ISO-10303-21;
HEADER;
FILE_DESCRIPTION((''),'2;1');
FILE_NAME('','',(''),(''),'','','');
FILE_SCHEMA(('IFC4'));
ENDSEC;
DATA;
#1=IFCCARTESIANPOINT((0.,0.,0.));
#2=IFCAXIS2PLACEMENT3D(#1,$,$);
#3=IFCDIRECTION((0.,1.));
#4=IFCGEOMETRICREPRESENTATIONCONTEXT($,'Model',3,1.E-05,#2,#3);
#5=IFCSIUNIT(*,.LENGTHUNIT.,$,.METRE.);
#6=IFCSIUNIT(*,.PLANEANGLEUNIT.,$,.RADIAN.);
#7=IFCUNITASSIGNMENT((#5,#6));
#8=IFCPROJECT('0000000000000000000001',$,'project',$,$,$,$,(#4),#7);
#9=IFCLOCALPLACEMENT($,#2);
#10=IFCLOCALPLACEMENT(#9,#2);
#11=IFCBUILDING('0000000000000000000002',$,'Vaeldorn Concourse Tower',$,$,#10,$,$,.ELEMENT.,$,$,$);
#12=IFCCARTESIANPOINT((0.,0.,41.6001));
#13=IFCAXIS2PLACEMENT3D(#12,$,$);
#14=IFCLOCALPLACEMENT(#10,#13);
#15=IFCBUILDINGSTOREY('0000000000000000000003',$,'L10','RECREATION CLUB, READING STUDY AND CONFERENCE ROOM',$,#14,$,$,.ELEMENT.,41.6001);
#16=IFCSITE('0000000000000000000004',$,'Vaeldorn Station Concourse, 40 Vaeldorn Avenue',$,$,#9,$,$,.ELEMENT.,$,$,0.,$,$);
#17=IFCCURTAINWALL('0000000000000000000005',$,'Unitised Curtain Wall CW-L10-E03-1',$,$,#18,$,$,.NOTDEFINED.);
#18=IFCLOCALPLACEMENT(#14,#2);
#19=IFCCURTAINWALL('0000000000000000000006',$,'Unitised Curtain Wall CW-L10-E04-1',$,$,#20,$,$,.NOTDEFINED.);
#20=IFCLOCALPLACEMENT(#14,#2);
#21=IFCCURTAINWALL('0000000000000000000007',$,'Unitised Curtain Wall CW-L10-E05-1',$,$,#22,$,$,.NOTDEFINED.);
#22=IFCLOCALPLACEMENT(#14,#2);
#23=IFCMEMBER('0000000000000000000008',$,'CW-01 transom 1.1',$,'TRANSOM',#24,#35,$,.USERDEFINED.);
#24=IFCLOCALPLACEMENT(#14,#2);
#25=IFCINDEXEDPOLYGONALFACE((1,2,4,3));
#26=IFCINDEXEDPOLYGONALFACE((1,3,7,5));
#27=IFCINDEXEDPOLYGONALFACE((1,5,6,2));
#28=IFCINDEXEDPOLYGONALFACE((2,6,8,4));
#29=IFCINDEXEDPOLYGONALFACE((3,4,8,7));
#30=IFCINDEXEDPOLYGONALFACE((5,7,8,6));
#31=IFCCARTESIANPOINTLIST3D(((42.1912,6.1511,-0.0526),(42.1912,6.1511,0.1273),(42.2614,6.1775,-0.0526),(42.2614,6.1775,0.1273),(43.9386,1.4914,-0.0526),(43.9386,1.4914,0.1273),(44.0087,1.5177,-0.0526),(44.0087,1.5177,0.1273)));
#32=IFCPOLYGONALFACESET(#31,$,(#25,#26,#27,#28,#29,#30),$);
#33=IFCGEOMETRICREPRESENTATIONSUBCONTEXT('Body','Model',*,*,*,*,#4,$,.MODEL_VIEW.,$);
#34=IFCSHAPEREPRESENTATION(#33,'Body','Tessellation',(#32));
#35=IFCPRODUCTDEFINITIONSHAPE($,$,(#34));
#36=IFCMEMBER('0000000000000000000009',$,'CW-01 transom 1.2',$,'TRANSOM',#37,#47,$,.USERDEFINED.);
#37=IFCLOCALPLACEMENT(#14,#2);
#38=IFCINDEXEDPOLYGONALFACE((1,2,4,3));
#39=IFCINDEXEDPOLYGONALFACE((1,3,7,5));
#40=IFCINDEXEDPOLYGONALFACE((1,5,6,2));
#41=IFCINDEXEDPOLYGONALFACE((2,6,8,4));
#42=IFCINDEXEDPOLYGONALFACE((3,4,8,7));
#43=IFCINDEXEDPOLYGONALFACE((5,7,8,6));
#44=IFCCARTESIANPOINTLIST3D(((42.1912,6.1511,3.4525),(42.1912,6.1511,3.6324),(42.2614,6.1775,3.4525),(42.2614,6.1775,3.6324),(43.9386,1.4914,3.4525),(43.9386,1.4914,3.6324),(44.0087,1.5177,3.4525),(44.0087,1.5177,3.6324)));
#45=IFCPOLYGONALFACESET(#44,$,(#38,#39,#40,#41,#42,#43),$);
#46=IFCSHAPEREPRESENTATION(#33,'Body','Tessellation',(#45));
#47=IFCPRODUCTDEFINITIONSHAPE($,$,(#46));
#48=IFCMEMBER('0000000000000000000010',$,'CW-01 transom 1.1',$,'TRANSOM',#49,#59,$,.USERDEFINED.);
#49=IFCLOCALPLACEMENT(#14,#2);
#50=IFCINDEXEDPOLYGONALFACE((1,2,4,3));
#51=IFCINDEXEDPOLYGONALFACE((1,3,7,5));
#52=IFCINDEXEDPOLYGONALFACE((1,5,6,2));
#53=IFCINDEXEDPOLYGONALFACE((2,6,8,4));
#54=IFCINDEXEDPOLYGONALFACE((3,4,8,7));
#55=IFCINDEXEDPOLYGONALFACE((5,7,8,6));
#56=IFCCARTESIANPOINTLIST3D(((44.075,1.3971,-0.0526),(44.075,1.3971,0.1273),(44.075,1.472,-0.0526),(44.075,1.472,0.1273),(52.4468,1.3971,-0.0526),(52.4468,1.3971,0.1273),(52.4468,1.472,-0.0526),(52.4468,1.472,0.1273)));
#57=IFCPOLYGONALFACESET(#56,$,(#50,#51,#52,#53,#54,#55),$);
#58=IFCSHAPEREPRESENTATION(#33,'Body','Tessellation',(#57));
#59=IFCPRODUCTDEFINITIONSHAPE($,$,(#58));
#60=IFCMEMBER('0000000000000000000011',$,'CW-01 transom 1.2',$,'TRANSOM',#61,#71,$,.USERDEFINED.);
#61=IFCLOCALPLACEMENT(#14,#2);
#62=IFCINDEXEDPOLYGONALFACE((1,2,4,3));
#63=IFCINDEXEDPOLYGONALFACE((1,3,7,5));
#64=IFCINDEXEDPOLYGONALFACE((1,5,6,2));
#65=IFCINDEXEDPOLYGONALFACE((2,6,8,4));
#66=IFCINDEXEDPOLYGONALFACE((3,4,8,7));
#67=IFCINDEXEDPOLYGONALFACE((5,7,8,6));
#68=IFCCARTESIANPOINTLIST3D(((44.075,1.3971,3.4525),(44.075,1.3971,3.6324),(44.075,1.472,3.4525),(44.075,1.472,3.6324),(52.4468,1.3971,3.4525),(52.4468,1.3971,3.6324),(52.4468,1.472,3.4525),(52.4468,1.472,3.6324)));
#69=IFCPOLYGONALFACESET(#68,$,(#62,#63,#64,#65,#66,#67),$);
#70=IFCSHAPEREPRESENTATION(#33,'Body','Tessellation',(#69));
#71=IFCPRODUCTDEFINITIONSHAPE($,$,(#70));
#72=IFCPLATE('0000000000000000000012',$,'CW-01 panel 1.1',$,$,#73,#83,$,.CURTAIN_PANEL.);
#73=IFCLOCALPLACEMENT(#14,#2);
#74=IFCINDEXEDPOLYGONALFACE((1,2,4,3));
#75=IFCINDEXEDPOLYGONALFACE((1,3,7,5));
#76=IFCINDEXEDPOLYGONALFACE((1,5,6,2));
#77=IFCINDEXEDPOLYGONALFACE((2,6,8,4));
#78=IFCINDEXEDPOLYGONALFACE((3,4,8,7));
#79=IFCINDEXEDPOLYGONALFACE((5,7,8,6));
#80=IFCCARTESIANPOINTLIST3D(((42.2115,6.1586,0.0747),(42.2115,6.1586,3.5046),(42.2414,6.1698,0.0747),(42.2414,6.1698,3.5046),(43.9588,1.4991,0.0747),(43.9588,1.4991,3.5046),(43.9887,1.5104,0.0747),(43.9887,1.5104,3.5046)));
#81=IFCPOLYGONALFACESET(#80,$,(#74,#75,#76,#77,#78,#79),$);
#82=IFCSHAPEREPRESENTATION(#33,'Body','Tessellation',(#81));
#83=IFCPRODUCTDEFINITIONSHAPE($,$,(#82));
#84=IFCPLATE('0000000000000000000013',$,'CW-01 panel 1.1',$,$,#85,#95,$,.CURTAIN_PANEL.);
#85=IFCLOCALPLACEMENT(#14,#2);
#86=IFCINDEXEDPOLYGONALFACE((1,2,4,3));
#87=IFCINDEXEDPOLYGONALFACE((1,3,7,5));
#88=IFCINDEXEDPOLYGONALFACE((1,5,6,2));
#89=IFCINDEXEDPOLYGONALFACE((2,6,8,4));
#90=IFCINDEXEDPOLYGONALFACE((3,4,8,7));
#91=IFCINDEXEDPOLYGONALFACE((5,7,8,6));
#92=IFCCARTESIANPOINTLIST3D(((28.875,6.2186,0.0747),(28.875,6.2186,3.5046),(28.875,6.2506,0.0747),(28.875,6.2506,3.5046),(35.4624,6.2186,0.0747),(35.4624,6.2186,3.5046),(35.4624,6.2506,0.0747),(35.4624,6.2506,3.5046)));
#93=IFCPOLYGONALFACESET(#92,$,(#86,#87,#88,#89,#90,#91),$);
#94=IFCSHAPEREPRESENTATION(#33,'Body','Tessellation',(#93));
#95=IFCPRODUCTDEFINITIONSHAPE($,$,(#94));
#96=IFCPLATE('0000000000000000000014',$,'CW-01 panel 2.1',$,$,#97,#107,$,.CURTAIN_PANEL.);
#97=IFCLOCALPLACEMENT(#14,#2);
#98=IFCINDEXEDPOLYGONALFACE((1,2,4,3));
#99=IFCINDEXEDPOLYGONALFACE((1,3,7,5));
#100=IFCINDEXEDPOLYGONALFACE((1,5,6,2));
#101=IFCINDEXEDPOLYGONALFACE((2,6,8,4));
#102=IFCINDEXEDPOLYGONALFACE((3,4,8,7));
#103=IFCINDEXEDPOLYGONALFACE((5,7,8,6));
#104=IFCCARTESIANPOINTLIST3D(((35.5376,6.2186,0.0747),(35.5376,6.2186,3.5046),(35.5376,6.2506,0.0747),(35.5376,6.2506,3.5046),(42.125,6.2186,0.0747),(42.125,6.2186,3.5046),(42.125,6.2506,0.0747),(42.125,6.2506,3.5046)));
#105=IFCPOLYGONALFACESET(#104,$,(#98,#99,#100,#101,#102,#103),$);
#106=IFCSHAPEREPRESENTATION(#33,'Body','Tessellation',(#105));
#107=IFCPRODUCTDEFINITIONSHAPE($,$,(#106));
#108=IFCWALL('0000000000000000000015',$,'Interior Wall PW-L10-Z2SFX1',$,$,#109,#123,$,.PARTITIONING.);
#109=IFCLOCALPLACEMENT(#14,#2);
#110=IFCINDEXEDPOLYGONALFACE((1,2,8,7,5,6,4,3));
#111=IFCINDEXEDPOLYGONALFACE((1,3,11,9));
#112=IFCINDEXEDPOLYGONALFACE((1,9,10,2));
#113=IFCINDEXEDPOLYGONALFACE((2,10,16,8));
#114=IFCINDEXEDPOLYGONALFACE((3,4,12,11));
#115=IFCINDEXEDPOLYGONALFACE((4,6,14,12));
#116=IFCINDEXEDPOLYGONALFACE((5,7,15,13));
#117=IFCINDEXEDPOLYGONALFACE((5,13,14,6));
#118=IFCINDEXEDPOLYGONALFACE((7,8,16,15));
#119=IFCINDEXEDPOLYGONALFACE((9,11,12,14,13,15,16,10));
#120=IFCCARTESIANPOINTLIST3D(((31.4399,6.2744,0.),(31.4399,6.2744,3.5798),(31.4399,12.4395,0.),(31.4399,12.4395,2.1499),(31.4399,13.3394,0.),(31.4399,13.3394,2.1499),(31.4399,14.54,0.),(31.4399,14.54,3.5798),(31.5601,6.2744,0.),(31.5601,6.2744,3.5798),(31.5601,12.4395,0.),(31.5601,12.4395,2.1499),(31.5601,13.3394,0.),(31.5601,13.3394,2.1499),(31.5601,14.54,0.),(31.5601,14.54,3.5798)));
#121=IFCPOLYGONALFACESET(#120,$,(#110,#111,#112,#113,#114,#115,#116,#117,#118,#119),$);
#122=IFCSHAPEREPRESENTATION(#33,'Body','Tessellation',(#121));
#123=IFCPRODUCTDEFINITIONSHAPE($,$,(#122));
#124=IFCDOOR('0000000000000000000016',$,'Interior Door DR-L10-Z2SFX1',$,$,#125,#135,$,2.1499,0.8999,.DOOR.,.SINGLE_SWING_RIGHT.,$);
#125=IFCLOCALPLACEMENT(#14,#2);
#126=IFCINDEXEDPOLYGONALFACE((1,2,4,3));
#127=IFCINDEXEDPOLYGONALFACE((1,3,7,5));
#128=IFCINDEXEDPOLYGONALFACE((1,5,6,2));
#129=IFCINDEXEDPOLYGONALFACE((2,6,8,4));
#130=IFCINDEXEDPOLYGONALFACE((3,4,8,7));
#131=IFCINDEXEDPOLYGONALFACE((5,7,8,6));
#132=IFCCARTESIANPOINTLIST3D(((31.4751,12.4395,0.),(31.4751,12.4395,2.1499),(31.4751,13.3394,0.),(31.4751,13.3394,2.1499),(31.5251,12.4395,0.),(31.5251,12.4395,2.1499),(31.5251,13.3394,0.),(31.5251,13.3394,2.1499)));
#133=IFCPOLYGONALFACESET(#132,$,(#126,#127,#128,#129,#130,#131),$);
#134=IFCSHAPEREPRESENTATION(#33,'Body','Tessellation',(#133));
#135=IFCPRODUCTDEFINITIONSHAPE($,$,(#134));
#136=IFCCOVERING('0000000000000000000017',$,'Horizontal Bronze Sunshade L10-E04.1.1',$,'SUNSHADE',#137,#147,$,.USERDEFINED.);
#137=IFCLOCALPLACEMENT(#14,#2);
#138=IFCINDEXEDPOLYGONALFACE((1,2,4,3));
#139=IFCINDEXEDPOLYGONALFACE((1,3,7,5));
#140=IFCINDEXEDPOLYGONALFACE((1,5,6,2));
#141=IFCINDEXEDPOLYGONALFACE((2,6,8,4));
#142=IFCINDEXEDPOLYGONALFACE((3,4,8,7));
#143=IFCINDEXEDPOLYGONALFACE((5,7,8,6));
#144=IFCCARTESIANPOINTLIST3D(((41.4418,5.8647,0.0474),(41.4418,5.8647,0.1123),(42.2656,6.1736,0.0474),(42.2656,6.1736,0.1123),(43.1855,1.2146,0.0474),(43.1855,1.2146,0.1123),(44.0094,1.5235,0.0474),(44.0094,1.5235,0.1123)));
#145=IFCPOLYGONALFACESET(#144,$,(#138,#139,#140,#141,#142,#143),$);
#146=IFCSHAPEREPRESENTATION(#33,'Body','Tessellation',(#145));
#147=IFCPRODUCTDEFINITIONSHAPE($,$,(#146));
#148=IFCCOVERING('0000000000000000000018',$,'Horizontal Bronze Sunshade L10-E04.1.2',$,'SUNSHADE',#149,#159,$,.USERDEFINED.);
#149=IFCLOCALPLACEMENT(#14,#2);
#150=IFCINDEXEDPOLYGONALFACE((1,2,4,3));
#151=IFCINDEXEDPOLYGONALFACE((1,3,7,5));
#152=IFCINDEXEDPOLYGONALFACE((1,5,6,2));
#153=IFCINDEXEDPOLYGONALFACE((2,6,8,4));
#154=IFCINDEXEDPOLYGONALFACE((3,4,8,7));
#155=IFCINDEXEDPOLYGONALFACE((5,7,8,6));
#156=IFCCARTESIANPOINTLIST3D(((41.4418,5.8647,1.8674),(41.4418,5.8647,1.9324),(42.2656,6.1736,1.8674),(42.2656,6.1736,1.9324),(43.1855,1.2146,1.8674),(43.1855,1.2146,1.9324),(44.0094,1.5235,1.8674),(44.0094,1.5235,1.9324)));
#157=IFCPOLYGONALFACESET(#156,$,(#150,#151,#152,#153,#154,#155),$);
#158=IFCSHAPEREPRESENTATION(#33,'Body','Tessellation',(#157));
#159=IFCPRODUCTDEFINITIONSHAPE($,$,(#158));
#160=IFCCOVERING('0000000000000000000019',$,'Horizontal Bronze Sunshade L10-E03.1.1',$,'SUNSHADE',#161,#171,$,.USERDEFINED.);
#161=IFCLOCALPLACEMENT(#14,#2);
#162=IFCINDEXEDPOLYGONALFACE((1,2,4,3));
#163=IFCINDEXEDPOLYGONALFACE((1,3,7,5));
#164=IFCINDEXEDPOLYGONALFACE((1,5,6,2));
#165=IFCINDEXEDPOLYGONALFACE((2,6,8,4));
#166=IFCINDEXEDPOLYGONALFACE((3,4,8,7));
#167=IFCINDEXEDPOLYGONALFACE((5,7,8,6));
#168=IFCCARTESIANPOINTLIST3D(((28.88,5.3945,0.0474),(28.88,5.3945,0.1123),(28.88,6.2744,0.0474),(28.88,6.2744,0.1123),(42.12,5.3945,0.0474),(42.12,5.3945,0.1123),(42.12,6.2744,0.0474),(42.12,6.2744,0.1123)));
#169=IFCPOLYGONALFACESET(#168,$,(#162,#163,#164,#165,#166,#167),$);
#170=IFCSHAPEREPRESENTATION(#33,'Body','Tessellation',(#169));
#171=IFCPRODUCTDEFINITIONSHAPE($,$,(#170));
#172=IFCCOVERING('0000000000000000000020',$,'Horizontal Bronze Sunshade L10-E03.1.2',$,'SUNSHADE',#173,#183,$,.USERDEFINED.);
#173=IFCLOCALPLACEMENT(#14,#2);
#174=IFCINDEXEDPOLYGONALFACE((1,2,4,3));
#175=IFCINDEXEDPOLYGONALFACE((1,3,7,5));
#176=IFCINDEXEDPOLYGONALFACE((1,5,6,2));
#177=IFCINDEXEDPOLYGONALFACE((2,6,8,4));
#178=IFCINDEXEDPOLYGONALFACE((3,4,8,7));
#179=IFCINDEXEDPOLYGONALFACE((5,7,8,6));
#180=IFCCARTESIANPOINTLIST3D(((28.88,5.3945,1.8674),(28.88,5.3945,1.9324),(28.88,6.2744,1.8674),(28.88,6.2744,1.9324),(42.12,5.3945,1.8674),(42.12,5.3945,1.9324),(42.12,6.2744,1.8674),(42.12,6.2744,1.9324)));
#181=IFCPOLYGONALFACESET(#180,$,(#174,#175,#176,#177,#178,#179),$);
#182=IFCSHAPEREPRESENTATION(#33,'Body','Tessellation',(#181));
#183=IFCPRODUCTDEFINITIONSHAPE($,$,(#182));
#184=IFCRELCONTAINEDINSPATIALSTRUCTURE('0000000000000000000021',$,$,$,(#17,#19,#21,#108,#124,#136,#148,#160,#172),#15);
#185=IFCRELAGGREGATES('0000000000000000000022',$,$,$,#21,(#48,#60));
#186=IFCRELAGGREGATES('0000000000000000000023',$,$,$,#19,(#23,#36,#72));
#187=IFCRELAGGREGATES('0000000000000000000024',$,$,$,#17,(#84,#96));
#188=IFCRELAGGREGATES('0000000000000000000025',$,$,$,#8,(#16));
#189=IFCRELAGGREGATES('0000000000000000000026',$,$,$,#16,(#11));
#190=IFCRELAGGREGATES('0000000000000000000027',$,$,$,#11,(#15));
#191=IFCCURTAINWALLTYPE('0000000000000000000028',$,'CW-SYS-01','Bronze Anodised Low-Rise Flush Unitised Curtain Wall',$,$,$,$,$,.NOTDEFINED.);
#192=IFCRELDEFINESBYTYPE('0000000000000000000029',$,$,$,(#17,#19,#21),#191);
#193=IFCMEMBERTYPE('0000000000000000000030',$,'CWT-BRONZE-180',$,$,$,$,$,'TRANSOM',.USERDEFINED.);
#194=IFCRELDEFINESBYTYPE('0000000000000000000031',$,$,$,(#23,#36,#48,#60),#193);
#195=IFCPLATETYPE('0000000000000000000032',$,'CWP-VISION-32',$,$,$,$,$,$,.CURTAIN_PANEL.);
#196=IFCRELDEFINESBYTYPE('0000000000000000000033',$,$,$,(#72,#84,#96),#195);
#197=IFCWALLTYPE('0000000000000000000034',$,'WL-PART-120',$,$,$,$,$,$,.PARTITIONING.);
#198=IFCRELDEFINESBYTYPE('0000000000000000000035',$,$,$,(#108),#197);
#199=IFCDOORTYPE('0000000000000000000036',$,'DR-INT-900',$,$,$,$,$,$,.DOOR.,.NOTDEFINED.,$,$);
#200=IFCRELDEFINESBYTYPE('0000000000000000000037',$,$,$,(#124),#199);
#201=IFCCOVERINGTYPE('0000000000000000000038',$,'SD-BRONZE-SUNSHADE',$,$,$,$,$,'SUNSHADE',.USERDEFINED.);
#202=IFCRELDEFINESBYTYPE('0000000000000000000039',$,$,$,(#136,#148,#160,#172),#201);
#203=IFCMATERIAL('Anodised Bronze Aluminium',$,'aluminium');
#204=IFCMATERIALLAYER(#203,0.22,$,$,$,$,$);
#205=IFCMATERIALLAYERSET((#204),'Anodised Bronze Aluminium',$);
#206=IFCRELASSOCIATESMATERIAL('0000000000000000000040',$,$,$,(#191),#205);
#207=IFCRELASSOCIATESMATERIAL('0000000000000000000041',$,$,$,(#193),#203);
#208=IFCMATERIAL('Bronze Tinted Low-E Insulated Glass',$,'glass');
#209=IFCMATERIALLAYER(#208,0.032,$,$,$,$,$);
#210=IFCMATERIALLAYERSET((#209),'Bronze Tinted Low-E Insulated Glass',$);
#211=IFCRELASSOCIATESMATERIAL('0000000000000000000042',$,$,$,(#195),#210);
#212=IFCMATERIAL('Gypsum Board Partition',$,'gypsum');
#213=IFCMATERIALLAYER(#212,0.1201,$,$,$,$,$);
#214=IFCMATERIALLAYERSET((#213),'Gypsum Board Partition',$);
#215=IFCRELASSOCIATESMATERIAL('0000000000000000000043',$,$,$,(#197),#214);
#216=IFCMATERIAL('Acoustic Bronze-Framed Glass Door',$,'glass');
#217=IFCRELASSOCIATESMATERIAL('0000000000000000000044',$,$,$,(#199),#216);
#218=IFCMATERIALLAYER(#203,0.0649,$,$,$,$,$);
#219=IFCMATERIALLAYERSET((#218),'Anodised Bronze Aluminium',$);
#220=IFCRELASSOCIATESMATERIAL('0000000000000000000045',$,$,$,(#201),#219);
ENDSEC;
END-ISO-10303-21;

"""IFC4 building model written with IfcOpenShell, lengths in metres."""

from ifc_helpers import new_model, si_unit, direction, frame, frame_2d, origin, origin_2d, place, context, subcontext, project, spatial, rectangle, extrude, source, transform, mapped, material, layer, layer_set, material_profile, profile_set, type_object, element, fill, aggregate, save


model = new_model("IFC4")

# Units and contexts
model_context = context("Model", 3, precision=1e-05, world=origin(), true_north=direction((0.0, 1.0)))
body_context = subcontext(model_context, "Body", "Model", "MODEL_VIEW")
ifc_project = project(units=[si_unit("LENGTHUNIT", "METRE"), si_unit("PLANEANGLEUNIT", "RADIAN")], contexts=[model_context])

# Site, building, storey
site_placement = place(None, origin())
site = spatial("IfcSite", under=ifc_project, at=site_placement, Name="Vaeldorn Station Concourse, 40 Vaeldorn Avenue", CompositionType="ELEMENT", RefElevation=0.0)
building_placement = place(site_placement, origin())
building = spatial("IfcBuilding", under=site, at=building_placement, Name="Vaeldorn Concourse Tower", CompositionType="ELEMENT")
storey_placement = place(building_placement, frame((0.0, 0.0, 41.6001)))
storey = spatial("IfcBuildingStorey", under=building, at=storey_placement, Name="L10", Description="RECREATION CLUB, READING STUDY AND CONFERENCE ROOM", CompositionType="ELEMENT", Elevation=41.6001)

# Curtain walls
ifc_material_1 = material(Name="Anodised Bronze Aluminium", Category="aluminium")
ifc_layer_1 = layer(ifc_material_1, 0.22)
ifc_layer_set_1 = layer_set([ifc_layer_1], Name="Anodised Bronze Aluminium")
curtain_wall_type = type_object("IfcCurtainWallType", Name="CW-SYS-01", Description="Bronze Anodised Low-Rise Flush Unitised Curtain Wall", PredefinedType="NOTDEFINED", material=ifc_layer_set_1)
curtain_wall_1_placement = place(storey_placement, origin())
curtain_wall_1 = element("IfcCurtainWall", 1, at=curtain_wall_1_placement, inside=storey, type_object=curtain_wall_type, Name="Unitised Curtain Wall CW-L10-E03-1", PredefinedType="NOTDEFINED")
curtain_wall_2_placement = place(storey_placement, origin())
curtain_wall_2 = element("IfcCurtainWall", 2, at=curtain_wall_2_placement, inside=storey, type_object=curtain_wall_type, Name="Unitised Curtain Wall CW-L10-E04-1", PredefinedType="NOTDEFINED")

# Curtain wall
curtain_wall_3_placement = place(storey_placement, origin())
curtain_wall_3 = element("IfcCurtainWall", 3, at=curtain_wall_3_placement, inside=storey, type_object=curtain_wall_type, Name="Unitised Curtain Wall CW-L10-E05-1", PredefinedType="NOTDEFINED")

# Members
ifc_material_profile_1 = material_profile(ifc_material_1, rectangle(XDim=0.075, YDim=0.1799, at=origin_2d()), Name="CWT 75x180")
ifc_profile_set_1 = profile_set([ifc_material_profile_1], Name="Anodised Bronze Aluminium")
member_type_1 = type_object("IfcMemberType", Name="CWT-BRONZE-180", ElementType="TRANSOM", PredefinedType="USERDEFINED", material=ifc_profile_set_1)
shared_shape_1 = source(origin(), body_context, "Body", "SweptSolid", [
    extrude(rectangle(XDim=0.075, YDim=0.1799, at=origin_2d()), origin(), (0.0, 0.0, 1.0), 4.9766),
])
member_1_placement = place(storey_placement, frame((42.2263, 6.1643, 0.0374), z_axis=(0.351113, -0.936333, 0.0), x_axis=(0.936333, 0.351113, 0.0)))
member_1 = element("IfcMember", 4, at=member_1_placement, type_object=member_type_1, Name="CW-01 transom 1.1", ObjectType="TRANSOM", PredefinedType="USERDEFINED", context=body_context, shape_type="MappedRepresentation", body=[
    mapped(shared_shape_1, transform((0.0, 0.0, 0.0), scale=1.0)),
])
member_2_placement = place(storey_placement, frame((42.2263, 6.1643, 3.5425), z_axis=(0.351113, -0.936333, 0.0), x_axis=(0.936333, 0.351113, 0.0)))
member_2 = element("IfcMember", 5, at=member_2_placement, type_object=member_type_1, Name="CW-01 transom 1.2", ObjectType="TRANSOM", PredefinedType="USERDEFINED", context=body_context, shape_type="MappedRepresentation", body=[
    mapped(shared_shape_1, transform((0.0, 0.0, 0.0), scale=1.0)),
])
shared_shape_2 = source(origin(), body_context, "Body", "SweptSolid", [
    extrude(rectangle(XDim=0.075, YDim=0.1799, at=origin_2d()), origin(), (0.0, 0.0, 1.0), 8.3718),
])
member_3_placement = place(storey_placement, frame((44.075, 1.4346, 0.0374), z_axis=(1.0, 0.0, 0.0), x_axis=(0.0, 1.0, 0.0)))
member_3 = element("IfcMember", 6, at=member_3_placement, type_object=member_type_1, Name="CW-01 transom 1.1", ObjectType="TRANSOM", PredefinedType="USERDEFINED", context=body_context, shape_type="MappedRepresentation", body=[
    mapped(shared_shape_2, transform((0.0, 0.0, 0.0), scale=1.0)),
])
member_4_placement = place(storey_placement, frame((44.075, 1.4346, 3.5425), z_axis=(1.0, 0.0, 0.0), x_axis=(0.0, 1.0, 0.0)))
member_4 = element("IfcMember", 7, at=member_4_placement, type_object=member_type_1, Name="CW-01 transom 1.2", ObjectType="TRANSOM", PredefinedType="USERDEFINED", context=body_context, shape_type="MappedRepresentation", body=[
    mapped(shared_shape_2, transform((0.0, 0.0, 0.0), scale=1.0)),
])
aggregate(curtain_wall_3, [member_3, member_4])

# Plates
ifc_material_2 = material(Name="Bronze Tinted Low-E Insulated Glass", Category="glass")
ifc_layer_2 = layer(ifc_material_2, 0.032)
ifc_layer_set_2 = layer_set([ifc_layer_2], Name="Bronze Tinted Low-E Insulated Glass")
plate_type = type_object("IfcPlateType", Name="CWP-VISION-32", PredefinedType="CURTAIN_PANEL", material=ifc_layer_set_2)
shared_shape_3 = source(origin(), body_context, "Body", "SweptSolid", [
    extrude(rectangle(XDim=4.9763, YDim=0.032, at=origin_2d()), origin(), (0.0, 0.0, 1.0), 3.4299),
])
plate_1_placement = place(storey_placement, frame((43.1001, 3.8345, 0.0747), z_axis=(0.0, 0.0, 1.0), x_axis=(0.351123, -0.936329, 0.0)))
plate_1 = element("IfcPlate", 8, at=plate_1_placement, type_object=plate_type, Name="CW-01 panel 1.1", PredefinedType="CURTAIN_PANEL", context=body_context, shape_type="MappedRepresentation", body=[
    mapped(shared_shape_3, transform((0.0, 0.0, 0.0), scale=1.0)),
])
aggregate(curtain_wall_2, [member_1, member_2, plate_1])
shared_shape_4 = source(origin(), body_context, "Body", "SweptSolid", [
    extrude(rectangle(XDim=6.5874, YDim=0.032, at=origin_2d()), origin(), (0.0, 0.0, 1.0), 3.4299),
])
plate_2_placement = place(storey_placement, frame((32.1687, 6.2346, 0.0747), z_axis=(0.0, 0.0, 1.0), x_axis=(1.0, 0.0, 0.0)))
plate_2 = element("IfcPlate", 9, at=plate_2_placement, type_object=plate_type, Name="CW-01 panel 1.1", PredefinedType="CURTAIN_PANEL", context=body_context, shape_type="MappedRepresentation", body=[
    mapped(shared_shape_4, transform((0.0, 0.0, 0.0), scale=1.0)),
])
plate_3_placement = place(storey_placement, frame((38.8313, 6.2346, 0.0747), z_axis=(0.0, 0.0, 1.0), x_axis=(1.0, 0.0, 0.0)))
plate_3 = element("IfcPlate", 10, at=plate_3_placement, type_object=plate_type, Name="CW-01 panel 2.1", PredefinedType="CURTAIN_PANEL", context=body_context, shape_type="MappedRepresentation", body=[
    mapped(shared_shape_4, transform((0.0, 0.0, 0.0), scale=1.0)),
])
aggregate(curtain_wall_1, [plate_2, plate_3])

# Wall, opening, door
ifc_material_3 = material(Name="Gypsum Board Partition", Category="gypsum")
ifc_layer_3 = layer(ifc_material_3, 0.1201)
ifc_layer_set_3 = layer_set([ifc_layer_3], Name="Gypsum Board Partition")
wall_type = type_object("IfcWallType", Name="WL-PART-120", PredefinedType="PARTITIONING", material=ifc_layer_set_3)
wall_placement = place(storey_placement, frame((31.5, 6.2744, 0.0), z_axis=(0.0, 0.0, 1.0), x_axis=(0.0, 1.0, 0.0)))
wall = element("IfcWall", 11, at=wall_placement, inside=storey, type_object=wall_type, Name="Interior Wall PW-L10-Z2SFX1", PredefinedType="PARTITIONING", context=body_context, shape_type="SweptSolid", body=[
    extrude(rectangle(XDim=8.2656, YDim=0.1201, at=frame_2d((4.1328, 0.0))), origin(), (0.0, 0.0, 1.0), 3.5798),
])
opening_placement = place(wall_placement, frame((6.165, 0.0, 0.0)))
opening = element("IfcOpeningElement", 12, at=opening_placement, cuts=wall, PredefinedType="OPENING", context=body_context, shape_type="SweptSolid", body=[
    extrude(rectangle(XDim=0.8999, YDim=2.1499, at=frame_2d((0.45, 1.075))), frame((0.0, 0.0701, 0.0), z_axis=(0.0, -1.0, 0.0), x_axis=(1.0, 0.0, 0.0)), (0.0, 0.0, 1.0), 0.1401),
])
ifc_material_4 = material(Name="Acoustic Bronze-Framed Glass Door", Category="glass")
door_type = type_object("IfcDoorType", Name="DR-INT-900", OperationType="NOTDEFINED", PredefinedType="DOOR", material=ifc_material_4)
shared_shape_5 = source(origin(), body_context, "Body", "SweptSolid", [
    extrude(rectangle(XDim=0.8999, YDim=2.1499, at=frame_2d((0.45, 1.075))), frame((0.0, 0.0249, 0.0), z_axis=(0.0, -1.0, 0.0), x_axis=(1.0, 0.0, 0.0)), (0.0, 0.0, 1.0), 0.05),
])
door_placement = place(opening_placement, origin())
door = element("IfcDoor", 13, at=door_placement, inside=storey, type_object=door_type, Name="Interior Door DR-L10-Z2SFX1", OperationType="SINGLE_SWING_RIGHT", OverallHeight=2.1499, OverallWidth=0.8999, PredefinedType="DOOR", context=body_context, shape_type="MappedRepresentation", body=[
    mapped(shared_shape_5, transform((0.0, 0.0, 0.0), scale=1.0)),
])
fill(opening, door)

# Coverings
ifc_layer_4 = layer(ifc_material_1, 0.0649)
ifc_layer_set_4 = layer_set([ifc_layer_4], Name="Anodised Bronze Aluminium")
covering_type = type_object("IfcCoveringType", Name="SD-BRONZE-SUNSHADE", ElementType="SUNSHADE", PredefinedType="USERDEFINED", material=ifc_layer_set_4)
shared_shape_6 = source(origin(), body_context, "Body", "SweptSolid", [
    extrude(rectangle(XDim=4.9663, YDim=0.8799, at=origin_2d()), origin(), (0.0, 0.0, 1.0), 0.0649),
])
for number, where, z_axis, x_axis, name in (
    (14, (42.7256, 3.6941, 0.0474), (0.0, 0.0, 1.0), (0.351123, -0.936329, 0.0), "Horizontal Bronze Sunshade L10-E04.1.1"),
    (15, (42.7256, 3.6941, 1.8674), (0.0, 0.0, 1.0), (0.351123, -0.936329, 0.0), "Horizontal Bronze Sunshade L10-E04.1.2"),
):
    element("IfcCovering", number, at=place(storey_placement, frame(where, z_axis=z_axis, x_axis=x_axis)), inside=storey, type_object=covering_type, Name=name, ObjectType="SUNSHADE", PredefinedType="USERDEFINED", context=body_context, shape_type="MappedRepresentation", body=[
        mapped(shared_shape_6, transform((0.0, 0.0, 0.0), scale=1.0)),
    ])
shared_shape_7 = source(origin(), body_context, "Body", "SweptSolid", [
    extrude(rectangle(XDim=13.24, YDim=0.8799, at=origin_2d()), origin(), (0.0, 0.0, 1.0), 0.0649),
])
for number, where, z_axis, x_axis, name in (
    (16, (35.5, 5.8345, 0.0474), (0.0, 0.0, 1.0), (1.0, 0.0, 0.0), "Horizontal Bronze Sunshade L10-E03.1.1"),
    (17, (35.5, 5.8345, 1.8674), (0.0, 0.0, 1.0), (1.0, 0.0, 0.0), "Horizontal Bronze Sunshade L10-E03.1.2"),
):
    element("IfcCovering", number, at=place(storey_placement, frame(where, z_axis=z_axis, x_axis=x_axis)), inside=storey, type_object=covering_type, Name=name, ObjectType="SUNSHADE", PredefinedType="USERDEFINED", context=body_context, shape_type="MappedRepresentation", body=[
        mapped(shared_shape_7, transform((0.0, 0.0, 0.0), scale=1.0)),
    ])

save(model, "model.ifc")
